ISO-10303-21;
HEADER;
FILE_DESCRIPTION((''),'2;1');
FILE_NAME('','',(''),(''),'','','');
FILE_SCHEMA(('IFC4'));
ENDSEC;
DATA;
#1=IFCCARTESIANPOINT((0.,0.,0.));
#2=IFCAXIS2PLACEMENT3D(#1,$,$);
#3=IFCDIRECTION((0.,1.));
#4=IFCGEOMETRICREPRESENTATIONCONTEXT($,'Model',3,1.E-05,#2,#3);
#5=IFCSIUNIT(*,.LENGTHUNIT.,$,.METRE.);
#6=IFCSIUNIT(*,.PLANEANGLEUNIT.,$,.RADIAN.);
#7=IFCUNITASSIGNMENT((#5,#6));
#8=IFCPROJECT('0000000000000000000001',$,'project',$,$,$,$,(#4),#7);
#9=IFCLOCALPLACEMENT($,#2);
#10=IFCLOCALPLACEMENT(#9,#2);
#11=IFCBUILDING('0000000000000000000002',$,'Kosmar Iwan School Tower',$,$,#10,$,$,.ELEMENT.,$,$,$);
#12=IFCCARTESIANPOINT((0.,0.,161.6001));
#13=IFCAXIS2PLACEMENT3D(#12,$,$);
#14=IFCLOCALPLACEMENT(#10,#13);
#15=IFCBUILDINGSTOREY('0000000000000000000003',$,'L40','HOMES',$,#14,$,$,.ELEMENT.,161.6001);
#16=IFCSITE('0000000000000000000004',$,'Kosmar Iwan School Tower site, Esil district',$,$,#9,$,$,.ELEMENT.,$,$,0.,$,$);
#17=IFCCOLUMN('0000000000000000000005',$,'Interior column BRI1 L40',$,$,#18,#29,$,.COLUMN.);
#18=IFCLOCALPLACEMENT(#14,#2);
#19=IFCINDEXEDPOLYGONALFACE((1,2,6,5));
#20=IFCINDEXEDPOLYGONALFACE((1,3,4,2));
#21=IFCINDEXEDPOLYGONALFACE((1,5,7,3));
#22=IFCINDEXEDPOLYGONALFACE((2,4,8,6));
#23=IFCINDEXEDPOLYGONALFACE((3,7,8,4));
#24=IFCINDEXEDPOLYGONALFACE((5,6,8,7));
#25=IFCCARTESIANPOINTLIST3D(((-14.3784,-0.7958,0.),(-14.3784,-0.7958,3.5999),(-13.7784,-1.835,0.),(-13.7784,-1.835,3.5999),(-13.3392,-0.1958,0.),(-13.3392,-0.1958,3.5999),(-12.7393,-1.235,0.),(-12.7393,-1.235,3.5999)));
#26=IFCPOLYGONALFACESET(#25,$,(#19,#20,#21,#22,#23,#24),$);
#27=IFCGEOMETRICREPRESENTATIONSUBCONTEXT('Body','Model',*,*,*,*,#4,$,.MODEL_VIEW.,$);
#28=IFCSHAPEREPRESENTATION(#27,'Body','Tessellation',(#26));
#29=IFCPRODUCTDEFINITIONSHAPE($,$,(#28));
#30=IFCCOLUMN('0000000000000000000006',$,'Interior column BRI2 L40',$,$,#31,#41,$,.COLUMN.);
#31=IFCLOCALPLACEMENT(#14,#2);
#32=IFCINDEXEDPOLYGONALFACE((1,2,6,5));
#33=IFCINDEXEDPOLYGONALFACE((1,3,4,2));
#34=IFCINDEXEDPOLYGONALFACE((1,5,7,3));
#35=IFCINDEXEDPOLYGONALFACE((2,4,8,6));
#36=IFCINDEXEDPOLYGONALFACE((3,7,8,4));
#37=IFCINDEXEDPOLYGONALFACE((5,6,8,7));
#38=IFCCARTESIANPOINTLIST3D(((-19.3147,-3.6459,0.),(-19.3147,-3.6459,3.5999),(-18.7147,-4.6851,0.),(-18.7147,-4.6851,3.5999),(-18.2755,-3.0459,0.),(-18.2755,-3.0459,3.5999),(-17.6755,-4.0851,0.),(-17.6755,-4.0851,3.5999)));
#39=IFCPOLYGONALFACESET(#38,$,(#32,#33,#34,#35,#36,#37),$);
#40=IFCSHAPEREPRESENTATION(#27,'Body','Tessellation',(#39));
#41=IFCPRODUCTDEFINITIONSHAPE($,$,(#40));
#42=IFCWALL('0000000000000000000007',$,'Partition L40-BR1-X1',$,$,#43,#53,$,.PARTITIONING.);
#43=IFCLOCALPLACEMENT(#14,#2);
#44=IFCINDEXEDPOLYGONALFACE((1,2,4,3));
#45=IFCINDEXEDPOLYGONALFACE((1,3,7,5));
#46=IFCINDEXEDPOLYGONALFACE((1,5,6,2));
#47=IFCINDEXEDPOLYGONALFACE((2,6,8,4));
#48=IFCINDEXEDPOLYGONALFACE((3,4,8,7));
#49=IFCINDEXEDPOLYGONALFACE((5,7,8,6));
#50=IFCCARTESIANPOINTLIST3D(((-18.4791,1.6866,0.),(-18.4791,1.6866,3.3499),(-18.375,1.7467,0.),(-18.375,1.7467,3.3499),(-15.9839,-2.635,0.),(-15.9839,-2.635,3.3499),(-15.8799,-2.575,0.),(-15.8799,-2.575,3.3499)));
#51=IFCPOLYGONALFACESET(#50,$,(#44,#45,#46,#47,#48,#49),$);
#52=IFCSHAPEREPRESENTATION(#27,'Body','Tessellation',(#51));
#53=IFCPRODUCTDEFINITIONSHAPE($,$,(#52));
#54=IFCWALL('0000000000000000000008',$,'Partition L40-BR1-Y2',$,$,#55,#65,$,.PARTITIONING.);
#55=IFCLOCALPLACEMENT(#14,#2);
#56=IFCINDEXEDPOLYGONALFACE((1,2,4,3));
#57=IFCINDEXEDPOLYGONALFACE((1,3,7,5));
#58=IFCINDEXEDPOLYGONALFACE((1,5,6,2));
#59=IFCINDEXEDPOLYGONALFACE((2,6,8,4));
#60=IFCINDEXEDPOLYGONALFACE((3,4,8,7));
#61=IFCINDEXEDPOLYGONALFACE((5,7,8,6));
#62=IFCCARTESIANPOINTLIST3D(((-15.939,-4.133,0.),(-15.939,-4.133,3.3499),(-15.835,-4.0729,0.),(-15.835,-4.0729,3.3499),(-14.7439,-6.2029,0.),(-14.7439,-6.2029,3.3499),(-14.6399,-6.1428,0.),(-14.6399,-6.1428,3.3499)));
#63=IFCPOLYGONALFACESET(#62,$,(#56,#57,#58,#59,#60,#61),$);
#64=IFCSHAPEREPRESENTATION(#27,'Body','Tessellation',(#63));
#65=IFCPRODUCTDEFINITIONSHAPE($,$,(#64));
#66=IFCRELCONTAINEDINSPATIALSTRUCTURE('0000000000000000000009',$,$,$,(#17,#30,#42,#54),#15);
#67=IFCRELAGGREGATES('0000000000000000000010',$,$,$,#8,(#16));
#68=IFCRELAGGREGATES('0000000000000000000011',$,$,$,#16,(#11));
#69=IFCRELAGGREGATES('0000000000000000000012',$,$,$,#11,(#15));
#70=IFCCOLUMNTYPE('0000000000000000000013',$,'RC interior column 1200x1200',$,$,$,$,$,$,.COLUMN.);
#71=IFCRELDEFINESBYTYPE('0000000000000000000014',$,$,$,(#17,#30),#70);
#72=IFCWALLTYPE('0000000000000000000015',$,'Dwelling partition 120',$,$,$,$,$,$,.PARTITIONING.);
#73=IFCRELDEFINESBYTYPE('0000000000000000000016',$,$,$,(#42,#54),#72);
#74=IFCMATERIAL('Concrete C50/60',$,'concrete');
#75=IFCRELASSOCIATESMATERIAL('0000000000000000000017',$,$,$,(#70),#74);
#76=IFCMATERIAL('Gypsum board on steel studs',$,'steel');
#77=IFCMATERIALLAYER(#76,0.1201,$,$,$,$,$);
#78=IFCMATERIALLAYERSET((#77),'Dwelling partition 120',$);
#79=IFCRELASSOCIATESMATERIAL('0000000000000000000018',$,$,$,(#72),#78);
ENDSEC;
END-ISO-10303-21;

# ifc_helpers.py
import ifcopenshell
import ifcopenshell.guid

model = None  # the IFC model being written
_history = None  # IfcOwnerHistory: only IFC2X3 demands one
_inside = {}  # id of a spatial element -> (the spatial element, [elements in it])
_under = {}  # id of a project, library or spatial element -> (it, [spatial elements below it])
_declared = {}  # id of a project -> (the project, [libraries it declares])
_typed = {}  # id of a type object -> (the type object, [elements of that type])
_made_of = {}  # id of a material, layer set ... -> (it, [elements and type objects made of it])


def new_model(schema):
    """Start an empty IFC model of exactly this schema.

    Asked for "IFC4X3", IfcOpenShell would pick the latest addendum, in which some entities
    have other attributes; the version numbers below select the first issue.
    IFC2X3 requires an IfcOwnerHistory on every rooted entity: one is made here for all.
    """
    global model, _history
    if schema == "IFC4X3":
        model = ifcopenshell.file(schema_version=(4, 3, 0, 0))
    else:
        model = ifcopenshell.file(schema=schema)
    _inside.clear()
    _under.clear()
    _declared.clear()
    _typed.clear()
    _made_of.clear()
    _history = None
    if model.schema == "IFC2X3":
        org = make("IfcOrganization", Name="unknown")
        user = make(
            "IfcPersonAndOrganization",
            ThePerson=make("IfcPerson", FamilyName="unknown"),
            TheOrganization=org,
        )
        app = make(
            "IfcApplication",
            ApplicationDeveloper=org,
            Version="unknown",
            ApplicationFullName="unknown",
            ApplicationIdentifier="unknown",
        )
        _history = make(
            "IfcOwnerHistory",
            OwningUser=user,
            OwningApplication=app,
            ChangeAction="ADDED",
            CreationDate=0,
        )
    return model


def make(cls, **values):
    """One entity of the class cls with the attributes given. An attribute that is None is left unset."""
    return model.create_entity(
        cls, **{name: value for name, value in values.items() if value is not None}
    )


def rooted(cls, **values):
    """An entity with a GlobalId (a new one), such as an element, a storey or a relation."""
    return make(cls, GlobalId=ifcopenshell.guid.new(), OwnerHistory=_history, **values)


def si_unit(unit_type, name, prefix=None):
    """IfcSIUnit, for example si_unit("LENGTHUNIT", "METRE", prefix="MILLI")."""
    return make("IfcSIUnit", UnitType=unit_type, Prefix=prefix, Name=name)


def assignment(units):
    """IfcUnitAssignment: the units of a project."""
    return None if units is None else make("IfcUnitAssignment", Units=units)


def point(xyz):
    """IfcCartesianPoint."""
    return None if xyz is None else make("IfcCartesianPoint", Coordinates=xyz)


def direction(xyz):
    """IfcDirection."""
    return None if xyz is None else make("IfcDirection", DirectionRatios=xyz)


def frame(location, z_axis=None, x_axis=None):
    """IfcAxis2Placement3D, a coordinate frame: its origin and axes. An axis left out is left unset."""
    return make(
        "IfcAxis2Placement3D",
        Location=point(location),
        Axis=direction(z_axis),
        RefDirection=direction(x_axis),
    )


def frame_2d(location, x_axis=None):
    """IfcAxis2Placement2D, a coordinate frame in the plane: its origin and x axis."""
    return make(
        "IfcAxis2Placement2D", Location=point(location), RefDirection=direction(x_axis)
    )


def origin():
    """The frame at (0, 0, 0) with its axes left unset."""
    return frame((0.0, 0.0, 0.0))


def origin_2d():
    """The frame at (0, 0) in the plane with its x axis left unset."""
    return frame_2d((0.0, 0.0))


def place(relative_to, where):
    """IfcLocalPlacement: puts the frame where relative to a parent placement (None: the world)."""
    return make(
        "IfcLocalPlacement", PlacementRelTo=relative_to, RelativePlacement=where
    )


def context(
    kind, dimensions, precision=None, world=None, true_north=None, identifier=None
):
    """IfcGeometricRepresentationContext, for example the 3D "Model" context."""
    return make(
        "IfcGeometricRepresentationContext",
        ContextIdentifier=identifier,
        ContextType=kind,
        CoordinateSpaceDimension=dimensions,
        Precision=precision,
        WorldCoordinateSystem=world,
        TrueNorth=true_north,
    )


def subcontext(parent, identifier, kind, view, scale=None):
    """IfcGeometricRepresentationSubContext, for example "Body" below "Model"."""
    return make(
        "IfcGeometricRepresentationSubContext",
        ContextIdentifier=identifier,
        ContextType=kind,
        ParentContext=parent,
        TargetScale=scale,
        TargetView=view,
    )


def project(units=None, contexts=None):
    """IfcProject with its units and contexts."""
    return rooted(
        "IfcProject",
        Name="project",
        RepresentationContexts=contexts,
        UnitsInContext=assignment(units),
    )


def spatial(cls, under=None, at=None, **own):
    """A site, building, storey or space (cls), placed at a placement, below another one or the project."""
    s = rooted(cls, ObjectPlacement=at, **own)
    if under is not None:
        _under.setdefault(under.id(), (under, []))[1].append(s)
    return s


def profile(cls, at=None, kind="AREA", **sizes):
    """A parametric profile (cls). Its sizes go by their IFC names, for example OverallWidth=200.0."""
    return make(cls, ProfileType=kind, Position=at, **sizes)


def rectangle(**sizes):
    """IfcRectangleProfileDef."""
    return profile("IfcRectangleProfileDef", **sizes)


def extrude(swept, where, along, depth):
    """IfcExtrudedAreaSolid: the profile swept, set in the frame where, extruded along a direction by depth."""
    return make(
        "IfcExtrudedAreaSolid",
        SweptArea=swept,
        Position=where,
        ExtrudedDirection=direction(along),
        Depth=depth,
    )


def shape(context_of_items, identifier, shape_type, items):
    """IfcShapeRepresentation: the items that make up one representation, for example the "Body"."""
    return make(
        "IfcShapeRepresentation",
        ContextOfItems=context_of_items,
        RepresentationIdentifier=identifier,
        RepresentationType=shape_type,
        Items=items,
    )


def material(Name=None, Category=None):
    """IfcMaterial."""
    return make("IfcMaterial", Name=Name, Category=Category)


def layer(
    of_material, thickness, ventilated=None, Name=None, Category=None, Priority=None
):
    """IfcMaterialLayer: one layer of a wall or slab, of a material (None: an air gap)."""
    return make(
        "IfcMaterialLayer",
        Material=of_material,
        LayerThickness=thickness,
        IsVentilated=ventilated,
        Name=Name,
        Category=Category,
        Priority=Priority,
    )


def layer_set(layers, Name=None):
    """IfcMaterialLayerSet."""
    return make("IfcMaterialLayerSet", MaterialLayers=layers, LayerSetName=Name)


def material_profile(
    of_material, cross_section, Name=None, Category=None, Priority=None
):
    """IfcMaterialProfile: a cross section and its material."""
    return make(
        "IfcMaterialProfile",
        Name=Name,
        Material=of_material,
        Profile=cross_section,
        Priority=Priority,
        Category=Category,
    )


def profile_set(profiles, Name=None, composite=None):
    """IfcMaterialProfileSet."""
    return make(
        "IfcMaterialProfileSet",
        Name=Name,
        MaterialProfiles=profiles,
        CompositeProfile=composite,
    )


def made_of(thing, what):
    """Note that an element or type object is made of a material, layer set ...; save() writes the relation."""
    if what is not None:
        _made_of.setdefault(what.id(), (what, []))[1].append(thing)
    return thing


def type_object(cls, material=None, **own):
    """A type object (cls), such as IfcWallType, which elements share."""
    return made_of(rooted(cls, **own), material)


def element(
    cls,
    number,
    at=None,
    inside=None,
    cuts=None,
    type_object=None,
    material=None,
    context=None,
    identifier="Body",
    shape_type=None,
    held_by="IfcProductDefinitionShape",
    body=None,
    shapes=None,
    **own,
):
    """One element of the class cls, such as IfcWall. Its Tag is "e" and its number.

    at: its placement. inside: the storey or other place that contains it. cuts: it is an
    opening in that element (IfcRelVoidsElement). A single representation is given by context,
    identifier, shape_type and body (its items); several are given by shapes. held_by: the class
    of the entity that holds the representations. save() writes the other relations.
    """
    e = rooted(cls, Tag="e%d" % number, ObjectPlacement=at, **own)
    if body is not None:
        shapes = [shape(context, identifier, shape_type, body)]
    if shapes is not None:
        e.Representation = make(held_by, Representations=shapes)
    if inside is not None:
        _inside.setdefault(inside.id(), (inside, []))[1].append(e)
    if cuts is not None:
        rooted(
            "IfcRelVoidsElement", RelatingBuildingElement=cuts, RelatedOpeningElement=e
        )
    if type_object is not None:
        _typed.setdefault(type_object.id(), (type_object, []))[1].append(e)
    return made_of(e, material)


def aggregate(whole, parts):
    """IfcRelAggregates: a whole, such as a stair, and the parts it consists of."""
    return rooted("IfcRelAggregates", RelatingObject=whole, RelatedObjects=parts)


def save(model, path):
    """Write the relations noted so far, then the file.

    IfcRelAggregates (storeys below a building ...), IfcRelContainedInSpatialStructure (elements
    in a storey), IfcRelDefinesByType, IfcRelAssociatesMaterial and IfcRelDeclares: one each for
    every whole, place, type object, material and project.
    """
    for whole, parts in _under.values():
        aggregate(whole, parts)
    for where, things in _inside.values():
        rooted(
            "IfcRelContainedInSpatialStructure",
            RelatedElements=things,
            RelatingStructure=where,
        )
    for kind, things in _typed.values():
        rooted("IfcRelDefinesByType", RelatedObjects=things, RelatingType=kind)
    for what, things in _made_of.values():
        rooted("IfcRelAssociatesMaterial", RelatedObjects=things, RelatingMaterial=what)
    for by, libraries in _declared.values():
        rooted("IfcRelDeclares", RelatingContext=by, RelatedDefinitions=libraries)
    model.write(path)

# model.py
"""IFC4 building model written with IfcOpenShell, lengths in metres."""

from ifc_helpers import new_model, si_unit, direction, frame, frame_2d, origin, origin_2d, place, context, subcontext, project, spatial, rectangle, extrude, material, layer, layer_set, material_profile, profile_set, type_object, element, save


model = new_model("IFC4")

# Units and contexts
model_context = context("Model", 3, precision=1e-05, world=origin(), true_north=direction((0.0, 1.0)))
body_context = subcontext(model_context, "Body", "Model", "MODEL_VIEW")
ifc_project = project(units=[si_unit("LENGTHUNIT", "METRE"), si_unit("PLANEANGLEUNIT", "RADIAN")], contexts=[model_context])

# Site, building, storey
site_placement = place(None, origin())
site = spatial("IfcSite", under=ifc_project, at=site_placement, Name="Kosmar Iwan School Tower site, Esil district", CompositionType="ELEMENT", RefElevation=0.0)
building_placement = place(site_placement, origin())
building = spatial("IfcBuilding", under=site, at=building_placement, Name="Kosmar Iwan School Tower", CompositionType="ELEMENT")
storey_placement = place(building_placement, frame((0.0, 0.0, 161.6001)))
storey = spatial("IfcBuildingStorey", under=building, at=storey_placement, Name="L40", Description="HOMES", CompositionType="ELEMENT", Elevation=161.6001)

# Columns
ifc_material_1 = material(Name="Concrete C50/60", Category="concrete")
ifc_material_profile = material_profile(ifc_material_1, rectangle(XDim=1.2, YDim=1.2, at=origin_2d()), Name="RC 1200x1200")
ifc_profile_set = profile_set([ifc_material_profile], Name="Concrete C50/60")
column_type = type_object("IfcColumnType", Name="RC interior column 1200x1200", PredefinedType="COLUMN", material=ifc_profile_set)
for number, where, z_axis, x_axis, name in (
    (1, (-13.5588, -1.0154, 0.0), (0.0, 0.0, 1.0), (-0.866025, -0.5, 0.0), "Interior column BRI1 L40"),
    (2, (-18.4951, -3.8655, 0.0), (0.0, 0.0, 1.0), (-0.866025, -0.5, 0.0), "Interior column BRI2 L40"),
):
    element("IfcColumn", number, at=place(storey_placement, frame(where, z_axis=z_axis, x_axis=x_axis)), inside=storey, type_object=column_type, Name=name, PredefinedType="COLUMN", context=body_context, shape_type="SweptSolid", body=[
        extrude(rectangle(XDim=1.2, YDim=1.2, at=origin_2d()), origin(), (0.0, 0.0, 1.0), 3.5999),
    ])

# Walls
ifc_material_2 = material(Name="Gypsum board on steel studs", Category="steel")
ifc_layer = layer(ifc_material_2, 0.1201)
ifc_layer_set = layer_set([ifc_layer], Name="Dwelling partition 120")
wall_type = type_object("IfcWallType", Name="Dwelling partition 120", PredefinedType="PARTITIONING", material=ifc_layer_set)
wall_1_placement = place(storey_placement, frame((-15.9319, -2.605, 0.0), z_axis=(0.0, 0.0, 1.0), x_axis=(-0.500012, 0.866019, 0.0)))
element("IfcWall", 3, at=wall_1_placement, inside=storey, type_object=wall_type, Name="Partition L40-BR1-X1", PredefinedType="PARTITIONING", context=body_context, shape_type="SweptSolid", body=[
    extrude(rectangle(XDim=4.9902, YDim=0.1201, at=frame_2d((2.4951, 0.0))), origin(), (0.0, 0.0, 1.0), 3.3499),
])
wall_2_placement = place(storey_placement, frame((-14.6919, -6.1729, 0.0), z_axis=(0.0, 0.0, 1.0), x_axis=(-0.500017, 0.866015, 0.0)))
element("IfcWall", 4, at=wall_2_placement, inside=storey, type_object=wall_type, Name="Partition L40-BR1-Y2", PredefinedType="PARTITIONING", context=body_context, shape_type="SweptSolid", body=[
    extrude(rectangle(XDim=2.3901, YDim=0.1201, at=frame_2d((1.1951, 0.0))), origin(), (0.0, 0.0, 1.0), 3.3499),
])

save(model, "model.ifc")
